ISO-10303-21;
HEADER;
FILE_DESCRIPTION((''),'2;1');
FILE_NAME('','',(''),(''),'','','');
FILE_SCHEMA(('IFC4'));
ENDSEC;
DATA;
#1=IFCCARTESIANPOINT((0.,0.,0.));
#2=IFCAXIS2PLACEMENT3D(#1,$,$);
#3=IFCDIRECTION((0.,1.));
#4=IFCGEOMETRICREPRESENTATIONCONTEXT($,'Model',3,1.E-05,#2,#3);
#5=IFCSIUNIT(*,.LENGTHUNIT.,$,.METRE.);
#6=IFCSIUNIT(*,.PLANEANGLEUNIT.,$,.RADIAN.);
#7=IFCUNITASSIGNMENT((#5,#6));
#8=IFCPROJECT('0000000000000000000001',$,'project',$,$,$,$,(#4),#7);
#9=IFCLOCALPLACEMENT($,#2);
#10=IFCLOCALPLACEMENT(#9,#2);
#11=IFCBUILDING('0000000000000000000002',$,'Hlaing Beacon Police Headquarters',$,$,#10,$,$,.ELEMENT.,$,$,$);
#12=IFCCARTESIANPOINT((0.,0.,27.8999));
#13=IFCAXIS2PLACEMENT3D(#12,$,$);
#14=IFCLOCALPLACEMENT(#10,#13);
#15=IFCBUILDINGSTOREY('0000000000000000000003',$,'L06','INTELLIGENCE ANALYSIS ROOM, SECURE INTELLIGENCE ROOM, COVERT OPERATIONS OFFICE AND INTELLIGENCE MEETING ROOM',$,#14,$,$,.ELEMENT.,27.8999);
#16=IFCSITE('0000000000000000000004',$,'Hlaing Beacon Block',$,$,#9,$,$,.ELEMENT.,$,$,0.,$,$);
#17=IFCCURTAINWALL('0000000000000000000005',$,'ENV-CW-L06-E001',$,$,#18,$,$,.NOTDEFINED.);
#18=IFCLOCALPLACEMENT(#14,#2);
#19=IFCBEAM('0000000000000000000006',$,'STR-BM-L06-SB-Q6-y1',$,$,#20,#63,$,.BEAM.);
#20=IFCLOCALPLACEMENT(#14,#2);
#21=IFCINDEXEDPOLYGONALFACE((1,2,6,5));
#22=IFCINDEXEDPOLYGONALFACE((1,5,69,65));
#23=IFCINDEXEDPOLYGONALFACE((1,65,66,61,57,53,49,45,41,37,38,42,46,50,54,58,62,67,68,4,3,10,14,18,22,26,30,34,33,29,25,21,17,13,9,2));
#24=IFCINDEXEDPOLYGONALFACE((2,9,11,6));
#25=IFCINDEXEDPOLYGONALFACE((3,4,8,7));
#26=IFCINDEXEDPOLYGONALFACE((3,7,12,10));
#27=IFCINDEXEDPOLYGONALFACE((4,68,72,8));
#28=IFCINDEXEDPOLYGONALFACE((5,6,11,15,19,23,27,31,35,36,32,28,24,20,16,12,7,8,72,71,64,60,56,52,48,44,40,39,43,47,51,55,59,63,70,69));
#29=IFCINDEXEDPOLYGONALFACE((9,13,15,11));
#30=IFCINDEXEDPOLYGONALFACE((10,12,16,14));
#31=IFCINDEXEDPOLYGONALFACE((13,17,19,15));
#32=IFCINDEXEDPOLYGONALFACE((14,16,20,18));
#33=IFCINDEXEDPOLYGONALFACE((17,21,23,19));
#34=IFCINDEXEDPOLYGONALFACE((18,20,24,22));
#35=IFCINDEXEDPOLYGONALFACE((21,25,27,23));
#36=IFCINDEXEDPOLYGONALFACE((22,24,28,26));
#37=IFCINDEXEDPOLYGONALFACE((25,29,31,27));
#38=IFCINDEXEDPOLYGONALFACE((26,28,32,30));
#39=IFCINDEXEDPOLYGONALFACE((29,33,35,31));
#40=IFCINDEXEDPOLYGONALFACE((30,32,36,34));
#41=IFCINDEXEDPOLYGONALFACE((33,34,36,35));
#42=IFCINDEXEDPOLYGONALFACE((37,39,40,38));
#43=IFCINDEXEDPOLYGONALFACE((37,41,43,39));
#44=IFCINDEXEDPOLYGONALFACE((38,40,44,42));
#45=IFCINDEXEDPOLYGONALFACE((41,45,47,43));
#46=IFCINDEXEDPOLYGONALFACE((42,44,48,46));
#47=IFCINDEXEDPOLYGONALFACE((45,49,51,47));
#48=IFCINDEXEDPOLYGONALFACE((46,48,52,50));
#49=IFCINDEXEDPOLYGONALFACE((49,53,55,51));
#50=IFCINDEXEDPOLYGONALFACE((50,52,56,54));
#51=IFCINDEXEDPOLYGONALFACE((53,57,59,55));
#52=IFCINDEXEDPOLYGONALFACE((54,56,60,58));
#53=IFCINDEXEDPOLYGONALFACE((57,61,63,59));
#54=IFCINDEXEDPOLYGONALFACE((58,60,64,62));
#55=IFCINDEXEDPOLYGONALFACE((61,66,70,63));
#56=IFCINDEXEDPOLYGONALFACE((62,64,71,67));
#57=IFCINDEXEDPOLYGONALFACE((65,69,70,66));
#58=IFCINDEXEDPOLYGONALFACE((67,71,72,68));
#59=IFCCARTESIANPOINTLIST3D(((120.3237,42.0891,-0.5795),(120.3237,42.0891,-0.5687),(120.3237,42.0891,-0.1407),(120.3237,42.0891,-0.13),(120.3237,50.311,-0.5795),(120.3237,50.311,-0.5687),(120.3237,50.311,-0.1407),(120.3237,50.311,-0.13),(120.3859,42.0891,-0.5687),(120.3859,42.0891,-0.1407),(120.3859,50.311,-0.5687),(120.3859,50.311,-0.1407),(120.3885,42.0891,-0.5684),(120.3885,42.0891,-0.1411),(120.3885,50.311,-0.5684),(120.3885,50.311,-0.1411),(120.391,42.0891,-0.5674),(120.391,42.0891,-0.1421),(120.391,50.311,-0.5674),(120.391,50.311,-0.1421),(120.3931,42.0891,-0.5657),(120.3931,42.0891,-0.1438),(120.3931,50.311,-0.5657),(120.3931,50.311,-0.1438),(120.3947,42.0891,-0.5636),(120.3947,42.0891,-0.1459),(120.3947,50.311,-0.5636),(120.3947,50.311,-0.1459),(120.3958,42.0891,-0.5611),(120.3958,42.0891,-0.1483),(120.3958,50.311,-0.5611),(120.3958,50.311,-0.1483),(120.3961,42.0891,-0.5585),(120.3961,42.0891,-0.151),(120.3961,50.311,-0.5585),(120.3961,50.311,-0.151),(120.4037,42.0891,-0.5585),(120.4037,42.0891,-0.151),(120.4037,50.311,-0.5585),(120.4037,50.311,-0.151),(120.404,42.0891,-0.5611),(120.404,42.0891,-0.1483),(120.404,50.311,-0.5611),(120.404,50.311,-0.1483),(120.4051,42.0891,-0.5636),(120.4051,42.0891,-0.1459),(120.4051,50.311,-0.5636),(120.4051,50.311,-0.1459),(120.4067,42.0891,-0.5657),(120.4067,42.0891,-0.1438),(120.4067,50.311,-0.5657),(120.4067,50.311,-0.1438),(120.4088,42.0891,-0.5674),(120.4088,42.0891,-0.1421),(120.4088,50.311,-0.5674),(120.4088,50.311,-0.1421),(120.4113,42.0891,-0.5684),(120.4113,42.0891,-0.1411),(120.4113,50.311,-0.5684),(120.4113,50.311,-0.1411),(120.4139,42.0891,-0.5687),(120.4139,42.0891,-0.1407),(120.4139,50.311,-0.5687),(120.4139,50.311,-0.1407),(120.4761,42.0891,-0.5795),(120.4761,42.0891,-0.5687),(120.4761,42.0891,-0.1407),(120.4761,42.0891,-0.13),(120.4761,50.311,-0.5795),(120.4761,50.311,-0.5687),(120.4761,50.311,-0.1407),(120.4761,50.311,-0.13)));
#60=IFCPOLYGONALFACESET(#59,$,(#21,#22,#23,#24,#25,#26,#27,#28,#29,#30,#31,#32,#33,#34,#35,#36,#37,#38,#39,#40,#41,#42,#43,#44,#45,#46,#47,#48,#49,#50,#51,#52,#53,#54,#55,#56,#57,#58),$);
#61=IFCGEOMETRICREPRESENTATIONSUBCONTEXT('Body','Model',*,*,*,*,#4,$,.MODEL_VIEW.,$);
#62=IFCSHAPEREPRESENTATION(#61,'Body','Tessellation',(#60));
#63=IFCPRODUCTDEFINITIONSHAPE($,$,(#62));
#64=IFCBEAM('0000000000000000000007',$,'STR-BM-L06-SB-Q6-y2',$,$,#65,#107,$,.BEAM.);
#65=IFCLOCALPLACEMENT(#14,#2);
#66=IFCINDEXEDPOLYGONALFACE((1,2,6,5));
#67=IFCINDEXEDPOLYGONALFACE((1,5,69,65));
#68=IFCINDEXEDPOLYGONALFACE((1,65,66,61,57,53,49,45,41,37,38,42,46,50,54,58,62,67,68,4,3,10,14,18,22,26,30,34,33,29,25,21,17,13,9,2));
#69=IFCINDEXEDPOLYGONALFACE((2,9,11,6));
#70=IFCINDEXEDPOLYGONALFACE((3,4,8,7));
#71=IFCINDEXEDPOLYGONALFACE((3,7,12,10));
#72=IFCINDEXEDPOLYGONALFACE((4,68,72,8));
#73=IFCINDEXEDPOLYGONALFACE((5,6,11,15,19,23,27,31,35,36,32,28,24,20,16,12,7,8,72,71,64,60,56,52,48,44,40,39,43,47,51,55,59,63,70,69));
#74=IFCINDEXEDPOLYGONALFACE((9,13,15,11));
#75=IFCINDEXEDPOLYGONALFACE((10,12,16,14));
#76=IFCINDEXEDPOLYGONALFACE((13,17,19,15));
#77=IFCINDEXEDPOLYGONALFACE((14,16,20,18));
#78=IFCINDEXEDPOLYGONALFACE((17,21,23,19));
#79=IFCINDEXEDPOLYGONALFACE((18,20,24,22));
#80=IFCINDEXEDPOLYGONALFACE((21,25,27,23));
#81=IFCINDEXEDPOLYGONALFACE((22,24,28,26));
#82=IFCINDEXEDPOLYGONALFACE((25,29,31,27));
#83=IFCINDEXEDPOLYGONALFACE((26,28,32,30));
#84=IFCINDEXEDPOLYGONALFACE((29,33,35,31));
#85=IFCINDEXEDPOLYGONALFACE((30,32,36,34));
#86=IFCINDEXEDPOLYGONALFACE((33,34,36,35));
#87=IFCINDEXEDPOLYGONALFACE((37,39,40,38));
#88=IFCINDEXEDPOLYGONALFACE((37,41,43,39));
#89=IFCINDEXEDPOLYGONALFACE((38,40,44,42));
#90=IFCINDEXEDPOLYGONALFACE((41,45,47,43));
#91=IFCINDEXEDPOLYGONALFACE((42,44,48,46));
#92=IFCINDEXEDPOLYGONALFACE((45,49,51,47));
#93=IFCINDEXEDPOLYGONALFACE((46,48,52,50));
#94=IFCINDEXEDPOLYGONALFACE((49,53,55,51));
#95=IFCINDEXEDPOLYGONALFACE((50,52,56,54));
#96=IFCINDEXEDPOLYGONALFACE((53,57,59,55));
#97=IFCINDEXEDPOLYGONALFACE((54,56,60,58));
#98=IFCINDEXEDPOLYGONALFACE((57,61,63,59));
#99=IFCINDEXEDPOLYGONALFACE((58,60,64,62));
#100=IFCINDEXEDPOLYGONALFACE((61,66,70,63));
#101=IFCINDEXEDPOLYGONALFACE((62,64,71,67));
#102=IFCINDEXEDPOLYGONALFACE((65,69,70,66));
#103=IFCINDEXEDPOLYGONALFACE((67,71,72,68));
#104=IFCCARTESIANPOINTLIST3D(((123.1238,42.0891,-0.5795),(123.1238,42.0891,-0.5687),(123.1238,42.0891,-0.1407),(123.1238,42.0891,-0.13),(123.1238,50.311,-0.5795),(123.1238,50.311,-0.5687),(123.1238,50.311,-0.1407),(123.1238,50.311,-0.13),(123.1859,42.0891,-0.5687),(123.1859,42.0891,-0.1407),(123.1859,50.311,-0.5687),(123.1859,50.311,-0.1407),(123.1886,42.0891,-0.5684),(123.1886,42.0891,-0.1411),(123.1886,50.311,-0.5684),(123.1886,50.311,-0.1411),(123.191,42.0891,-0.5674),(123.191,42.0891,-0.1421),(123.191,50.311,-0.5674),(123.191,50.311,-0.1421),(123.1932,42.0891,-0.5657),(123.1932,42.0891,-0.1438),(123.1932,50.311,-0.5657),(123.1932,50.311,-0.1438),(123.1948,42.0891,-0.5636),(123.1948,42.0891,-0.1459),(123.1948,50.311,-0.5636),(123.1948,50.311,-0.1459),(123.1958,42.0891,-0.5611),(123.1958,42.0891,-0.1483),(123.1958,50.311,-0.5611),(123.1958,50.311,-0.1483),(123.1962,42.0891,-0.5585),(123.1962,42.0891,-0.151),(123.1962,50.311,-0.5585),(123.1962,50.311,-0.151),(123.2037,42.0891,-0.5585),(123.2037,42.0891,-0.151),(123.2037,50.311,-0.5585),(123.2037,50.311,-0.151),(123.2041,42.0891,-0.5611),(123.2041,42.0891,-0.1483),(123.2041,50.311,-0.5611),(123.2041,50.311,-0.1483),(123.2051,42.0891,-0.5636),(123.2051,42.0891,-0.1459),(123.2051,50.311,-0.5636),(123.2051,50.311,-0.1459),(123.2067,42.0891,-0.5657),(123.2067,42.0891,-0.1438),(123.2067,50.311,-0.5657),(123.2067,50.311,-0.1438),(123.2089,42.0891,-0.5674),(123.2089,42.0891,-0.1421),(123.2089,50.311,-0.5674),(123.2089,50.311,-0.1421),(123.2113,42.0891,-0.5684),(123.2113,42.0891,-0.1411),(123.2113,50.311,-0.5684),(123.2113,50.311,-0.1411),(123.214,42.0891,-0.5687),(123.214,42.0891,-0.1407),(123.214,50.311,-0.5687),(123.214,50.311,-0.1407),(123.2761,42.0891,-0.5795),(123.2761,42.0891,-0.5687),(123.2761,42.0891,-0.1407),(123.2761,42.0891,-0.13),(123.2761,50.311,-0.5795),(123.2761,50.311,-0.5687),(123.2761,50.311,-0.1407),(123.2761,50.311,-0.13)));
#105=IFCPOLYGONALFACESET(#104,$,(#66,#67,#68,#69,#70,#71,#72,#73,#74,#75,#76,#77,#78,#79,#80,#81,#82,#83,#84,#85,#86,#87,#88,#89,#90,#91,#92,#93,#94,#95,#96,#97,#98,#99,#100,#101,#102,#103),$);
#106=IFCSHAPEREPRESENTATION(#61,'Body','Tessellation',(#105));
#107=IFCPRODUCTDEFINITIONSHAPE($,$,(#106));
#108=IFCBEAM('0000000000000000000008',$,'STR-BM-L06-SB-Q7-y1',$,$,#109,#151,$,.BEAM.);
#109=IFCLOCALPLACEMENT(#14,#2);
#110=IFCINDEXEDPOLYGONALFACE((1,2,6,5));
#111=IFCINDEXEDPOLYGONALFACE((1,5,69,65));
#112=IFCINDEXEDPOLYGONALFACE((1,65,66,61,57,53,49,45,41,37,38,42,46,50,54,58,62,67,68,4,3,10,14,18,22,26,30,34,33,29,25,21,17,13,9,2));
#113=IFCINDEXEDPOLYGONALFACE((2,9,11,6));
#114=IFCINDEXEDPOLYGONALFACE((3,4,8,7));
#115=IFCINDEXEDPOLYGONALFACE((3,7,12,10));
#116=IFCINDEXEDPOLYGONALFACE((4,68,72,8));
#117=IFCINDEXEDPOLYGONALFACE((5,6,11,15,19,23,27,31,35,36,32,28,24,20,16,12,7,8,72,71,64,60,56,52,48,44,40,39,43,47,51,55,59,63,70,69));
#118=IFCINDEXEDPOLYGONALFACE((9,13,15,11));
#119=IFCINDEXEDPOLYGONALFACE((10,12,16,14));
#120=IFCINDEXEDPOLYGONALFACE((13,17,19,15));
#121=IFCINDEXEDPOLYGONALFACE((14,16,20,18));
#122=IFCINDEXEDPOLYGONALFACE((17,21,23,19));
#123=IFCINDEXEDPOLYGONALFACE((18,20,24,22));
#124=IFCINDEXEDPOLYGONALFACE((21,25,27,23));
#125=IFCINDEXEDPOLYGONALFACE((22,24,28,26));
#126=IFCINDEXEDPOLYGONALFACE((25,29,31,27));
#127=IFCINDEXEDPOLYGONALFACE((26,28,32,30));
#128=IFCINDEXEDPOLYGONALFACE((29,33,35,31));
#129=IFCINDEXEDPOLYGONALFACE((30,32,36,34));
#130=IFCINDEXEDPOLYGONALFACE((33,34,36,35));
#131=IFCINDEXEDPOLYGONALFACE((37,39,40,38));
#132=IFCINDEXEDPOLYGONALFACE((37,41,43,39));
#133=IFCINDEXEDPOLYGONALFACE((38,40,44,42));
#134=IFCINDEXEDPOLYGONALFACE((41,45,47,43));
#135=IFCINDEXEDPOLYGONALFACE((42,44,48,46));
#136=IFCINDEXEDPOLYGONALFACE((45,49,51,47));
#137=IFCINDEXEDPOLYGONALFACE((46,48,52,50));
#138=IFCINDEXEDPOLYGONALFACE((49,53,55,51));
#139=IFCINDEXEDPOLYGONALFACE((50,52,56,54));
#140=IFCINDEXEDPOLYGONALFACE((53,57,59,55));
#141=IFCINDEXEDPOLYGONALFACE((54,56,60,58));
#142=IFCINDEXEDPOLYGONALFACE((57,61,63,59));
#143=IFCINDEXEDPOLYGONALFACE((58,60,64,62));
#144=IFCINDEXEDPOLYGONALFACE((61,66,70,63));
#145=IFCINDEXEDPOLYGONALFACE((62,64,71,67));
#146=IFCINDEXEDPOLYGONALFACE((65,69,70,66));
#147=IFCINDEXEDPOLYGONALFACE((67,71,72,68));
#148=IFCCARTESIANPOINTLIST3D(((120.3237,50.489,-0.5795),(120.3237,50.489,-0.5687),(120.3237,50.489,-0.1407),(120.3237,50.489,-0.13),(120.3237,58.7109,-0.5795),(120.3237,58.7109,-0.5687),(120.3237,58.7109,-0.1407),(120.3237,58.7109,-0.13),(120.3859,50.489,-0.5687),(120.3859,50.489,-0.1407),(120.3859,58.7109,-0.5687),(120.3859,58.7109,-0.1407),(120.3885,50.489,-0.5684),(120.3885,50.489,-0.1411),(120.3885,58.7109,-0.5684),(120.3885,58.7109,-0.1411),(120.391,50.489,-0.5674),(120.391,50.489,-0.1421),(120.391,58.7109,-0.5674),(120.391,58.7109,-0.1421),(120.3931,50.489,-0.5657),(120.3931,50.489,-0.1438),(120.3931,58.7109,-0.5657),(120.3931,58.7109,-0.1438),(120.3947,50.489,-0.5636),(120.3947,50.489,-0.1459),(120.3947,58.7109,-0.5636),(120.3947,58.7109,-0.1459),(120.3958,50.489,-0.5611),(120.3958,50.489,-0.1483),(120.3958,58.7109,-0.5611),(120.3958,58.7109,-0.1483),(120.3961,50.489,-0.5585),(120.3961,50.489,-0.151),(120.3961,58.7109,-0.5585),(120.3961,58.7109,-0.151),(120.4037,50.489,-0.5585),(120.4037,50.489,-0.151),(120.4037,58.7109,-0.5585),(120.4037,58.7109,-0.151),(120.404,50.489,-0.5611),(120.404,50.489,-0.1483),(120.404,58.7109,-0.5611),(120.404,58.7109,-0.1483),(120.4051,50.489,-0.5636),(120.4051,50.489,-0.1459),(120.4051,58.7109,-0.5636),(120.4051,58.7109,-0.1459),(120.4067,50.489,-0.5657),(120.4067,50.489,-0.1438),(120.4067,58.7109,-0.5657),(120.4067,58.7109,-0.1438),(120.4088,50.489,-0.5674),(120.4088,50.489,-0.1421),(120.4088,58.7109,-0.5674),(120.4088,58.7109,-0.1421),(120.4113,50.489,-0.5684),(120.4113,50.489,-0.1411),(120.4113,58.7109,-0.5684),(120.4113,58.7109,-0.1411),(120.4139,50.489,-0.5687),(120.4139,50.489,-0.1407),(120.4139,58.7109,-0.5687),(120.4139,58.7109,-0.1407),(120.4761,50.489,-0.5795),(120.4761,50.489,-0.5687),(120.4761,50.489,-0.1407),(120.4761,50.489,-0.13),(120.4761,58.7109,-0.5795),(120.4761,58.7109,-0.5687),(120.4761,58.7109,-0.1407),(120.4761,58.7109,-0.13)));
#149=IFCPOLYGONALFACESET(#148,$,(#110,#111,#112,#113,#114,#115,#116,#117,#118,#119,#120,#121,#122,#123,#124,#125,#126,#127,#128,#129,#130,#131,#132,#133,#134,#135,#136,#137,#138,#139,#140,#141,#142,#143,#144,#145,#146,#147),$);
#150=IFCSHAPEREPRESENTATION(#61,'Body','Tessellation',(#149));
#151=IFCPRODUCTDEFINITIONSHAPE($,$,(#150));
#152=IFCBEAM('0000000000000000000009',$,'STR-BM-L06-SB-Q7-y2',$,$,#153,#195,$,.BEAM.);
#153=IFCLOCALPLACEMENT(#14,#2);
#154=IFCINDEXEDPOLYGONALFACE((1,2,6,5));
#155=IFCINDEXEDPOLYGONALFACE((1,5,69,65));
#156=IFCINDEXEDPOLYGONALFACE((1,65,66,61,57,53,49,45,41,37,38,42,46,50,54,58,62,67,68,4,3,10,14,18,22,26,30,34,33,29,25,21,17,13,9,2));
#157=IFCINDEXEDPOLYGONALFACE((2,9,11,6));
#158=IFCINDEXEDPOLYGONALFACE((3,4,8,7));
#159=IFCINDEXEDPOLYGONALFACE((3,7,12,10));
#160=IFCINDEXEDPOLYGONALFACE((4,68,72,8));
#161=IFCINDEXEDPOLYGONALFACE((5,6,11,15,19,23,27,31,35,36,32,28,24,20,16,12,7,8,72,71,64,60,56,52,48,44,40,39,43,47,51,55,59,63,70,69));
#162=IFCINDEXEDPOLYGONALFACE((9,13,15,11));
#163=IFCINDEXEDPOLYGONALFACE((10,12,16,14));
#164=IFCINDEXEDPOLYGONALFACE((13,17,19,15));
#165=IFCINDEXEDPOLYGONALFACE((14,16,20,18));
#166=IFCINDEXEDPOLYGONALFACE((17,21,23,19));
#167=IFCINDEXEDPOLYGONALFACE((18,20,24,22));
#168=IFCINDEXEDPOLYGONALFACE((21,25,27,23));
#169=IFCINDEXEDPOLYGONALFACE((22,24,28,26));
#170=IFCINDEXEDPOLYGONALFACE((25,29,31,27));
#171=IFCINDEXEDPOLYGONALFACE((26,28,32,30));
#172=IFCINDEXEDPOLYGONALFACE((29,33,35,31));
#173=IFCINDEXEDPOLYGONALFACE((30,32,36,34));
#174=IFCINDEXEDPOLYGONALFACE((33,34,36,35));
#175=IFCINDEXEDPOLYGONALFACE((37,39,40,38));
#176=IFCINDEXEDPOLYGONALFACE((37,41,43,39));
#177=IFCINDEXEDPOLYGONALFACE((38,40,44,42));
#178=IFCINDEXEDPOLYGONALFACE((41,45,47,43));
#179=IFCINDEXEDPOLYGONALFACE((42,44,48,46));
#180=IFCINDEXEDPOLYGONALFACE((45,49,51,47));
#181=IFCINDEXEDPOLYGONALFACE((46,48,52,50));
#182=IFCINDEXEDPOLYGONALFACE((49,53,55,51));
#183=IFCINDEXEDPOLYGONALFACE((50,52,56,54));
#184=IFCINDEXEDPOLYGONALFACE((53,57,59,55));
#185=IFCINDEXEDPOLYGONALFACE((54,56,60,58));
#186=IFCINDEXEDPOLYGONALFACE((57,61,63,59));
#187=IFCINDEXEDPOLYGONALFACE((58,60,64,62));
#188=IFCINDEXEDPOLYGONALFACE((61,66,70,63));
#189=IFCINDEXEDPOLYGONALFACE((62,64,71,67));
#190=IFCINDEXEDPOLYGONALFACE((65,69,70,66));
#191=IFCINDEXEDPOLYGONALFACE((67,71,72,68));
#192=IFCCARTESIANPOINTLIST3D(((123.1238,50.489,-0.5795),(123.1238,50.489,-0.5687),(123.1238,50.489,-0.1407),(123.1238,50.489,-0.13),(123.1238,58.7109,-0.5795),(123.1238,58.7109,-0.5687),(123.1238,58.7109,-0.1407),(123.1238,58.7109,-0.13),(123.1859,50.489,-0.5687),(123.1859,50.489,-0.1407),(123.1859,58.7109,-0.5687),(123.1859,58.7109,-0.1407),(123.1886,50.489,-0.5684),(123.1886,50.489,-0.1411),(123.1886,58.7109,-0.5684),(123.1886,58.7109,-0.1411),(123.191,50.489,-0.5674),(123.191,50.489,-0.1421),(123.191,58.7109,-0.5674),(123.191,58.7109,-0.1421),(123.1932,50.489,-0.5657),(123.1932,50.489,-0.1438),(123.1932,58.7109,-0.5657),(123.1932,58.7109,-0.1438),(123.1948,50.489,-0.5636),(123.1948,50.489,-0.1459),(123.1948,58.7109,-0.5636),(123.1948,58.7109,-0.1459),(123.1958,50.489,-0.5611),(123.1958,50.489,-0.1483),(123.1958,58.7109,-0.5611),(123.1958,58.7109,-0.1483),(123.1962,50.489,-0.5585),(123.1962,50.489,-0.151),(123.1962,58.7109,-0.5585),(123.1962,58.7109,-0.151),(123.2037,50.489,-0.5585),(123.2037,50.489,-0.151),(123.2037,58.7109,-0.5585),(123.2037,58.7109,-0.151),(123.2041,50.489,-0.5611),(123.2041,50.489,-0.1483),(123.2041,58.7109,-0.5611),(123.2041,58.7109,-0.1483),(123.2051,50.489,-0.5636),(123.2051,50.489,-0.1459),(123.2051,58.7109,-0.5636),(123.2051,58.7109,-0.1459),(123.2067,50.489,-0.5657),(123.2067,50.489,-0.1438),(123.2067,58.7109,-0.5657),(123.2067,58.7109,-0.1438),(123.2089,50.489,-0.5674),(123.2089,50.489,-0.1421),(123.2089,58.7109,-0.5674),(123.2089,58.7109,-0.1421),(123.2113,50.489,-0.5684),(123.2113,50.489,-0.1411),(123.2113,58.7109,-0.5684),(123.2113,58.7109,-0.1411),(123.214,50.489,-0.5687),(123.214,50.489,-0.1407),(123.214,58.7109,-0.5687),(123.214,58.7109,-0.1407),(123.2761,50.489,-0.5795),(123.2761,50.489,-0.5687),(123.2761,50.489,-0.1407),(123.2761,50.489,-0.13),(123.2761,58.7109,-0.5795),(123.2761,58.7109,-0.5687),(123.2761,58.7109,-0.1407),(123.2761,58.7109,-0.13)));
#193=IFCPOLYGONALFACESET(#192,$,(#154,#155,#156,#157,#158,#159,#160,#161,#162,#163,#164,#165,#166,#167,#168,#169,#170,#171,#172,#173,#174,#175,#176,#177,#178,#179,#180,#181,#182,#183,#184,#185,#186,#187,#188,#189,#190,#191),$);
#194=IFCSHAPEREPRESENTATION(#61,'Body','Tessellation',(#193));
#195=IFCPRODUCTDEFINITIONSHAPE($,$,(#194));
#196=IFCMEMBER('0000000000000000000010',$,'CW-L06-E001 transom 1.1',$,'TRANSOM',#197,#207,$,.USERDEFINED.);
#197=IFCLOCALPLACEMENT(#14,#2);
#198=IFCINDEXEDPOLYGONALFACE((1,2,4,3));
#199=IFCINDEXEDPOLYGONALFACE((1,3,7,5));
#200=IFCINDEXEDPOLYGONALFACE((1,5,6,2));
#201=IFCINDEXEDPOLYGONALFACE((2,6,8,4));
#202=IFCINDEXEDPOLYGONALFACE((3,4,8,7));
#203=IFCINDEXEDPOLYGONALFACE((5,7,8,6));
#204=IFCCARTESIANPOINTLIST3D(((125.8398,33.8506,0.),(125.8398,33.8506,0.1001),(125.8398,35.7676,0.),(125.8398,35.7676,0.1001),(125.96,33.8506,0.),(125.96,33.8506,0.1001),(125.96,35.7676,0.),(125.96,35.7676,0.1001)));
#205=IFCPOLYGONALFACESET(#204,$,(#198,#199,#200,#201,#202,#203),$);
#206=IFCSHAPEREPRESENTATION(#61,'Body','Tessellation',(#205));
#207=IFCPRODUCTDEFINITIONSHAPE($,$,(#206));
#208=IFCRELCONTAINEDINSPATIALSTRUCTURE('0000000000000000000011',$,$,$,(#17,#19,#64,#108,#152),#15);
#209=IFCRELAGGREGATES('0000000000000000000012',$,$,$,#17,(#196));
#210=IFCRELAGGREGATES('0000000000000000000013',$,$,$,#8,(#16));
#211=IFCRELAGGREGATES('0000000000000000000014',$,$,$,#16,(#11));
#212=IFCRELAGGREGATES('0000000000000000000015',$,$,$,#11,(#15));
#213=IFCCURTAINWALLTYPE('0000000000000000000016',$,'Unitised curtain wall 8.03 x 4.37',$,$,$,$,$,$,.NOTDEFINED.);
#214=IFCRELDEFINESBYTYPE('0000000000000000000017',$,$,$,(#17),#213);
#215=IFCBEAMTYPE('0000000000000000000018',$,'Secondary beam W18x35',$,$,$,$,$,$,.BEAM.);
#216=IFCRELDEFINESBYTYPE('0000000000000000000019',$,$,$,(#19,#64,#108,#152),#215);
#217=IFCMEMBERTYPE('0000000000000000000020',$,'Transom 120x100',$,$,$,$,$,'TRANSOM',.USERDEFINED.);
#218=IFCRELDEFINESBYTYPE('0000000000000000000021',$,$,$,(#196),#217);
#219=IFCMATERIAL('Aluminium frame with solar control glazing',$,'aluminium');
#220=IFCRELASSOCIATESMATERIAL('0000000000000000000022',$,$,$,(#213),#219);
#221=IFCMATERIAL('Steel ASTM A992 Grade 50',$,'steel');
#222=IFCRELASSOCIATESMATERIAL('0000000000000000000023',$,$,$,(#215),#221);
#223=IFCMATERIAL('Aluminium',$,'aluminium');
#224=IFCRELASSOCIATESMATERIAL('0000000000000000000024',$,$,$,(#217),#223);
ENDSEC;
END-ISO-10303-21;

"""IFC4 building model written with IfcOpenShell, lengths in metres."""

from ifc_helpers import new_model, si_unit, direction, frame, origin, origin_2d, place, context, subcontext, project, spatial, rectangle, i_section, extrude, material, material_profile, profile_set, type_object, element, aggregate, save


model = new_model("IFC4")

# Units and contexts
model_context = context("Model", 3, precision=1e-05, world=origin(), true_north=direction((0.0, 1.0)))
body_context = subcontext(model_context, "Body", "Model", "MODEL_VIEW")
ifc_project = project(units=[si_unit("LENGTHUNIT", "METRE"), si_unit("PLANEANGLEUNIT", "RADIAN")], contexts=[model_context])

# Site, building, storey
site_placement = place(None, origin())
site = spatial("IfcSite", under=ifc_project, at=site_placement, Name="Hlaing Beacon Block", CompositionType="ELEMENT", RefElevation=0.0)
building_placement = place(site_placement, origin())
building = spatial("IfcBuilding", under=site, at=building_placement, Name="Hlaing Beacon Police Headquarters", CompositionType="ELEMENT")
storey_placement = place(building_placement, frame((0.0, 0.0, 27.8999)))
storey = spatial("IfcBuildingStorey", under=building, at=storey_placement, Name="L06", Description="INTELLIGENCE ANALYSIS ROOM, SECURE INTELLIGENCE ROOM, COVERT OPERATIONS OFFICE AND INTELLIGENCE MEETING ROOM", CompositionType="ELEMENT", Elevation=27.8999)

# Curtain wall
ifc_material_1 = material(Name="Aluminium frame with solar control glazing", Category="aluminium")
curtain_wall_type = type_object("IfcCurtainWallType", Name="Unitised curtain wall 8.03 x 4.37", PredefinedType="NOTDEFINED", material=ifc_material_1)
curtain_wall_placement = place(storey_placement, origin())
curtain_wall = element("IfcCurtainWall", 1, at=curtain_wall_placement, inside=storey, type_object=curtain_wall_type, Name="ENV-CW-L06-E001", PredefinedType="NOTDEFINED")

# Beams
ifc_material_2 = material(Name="Steel ASTM A992 Grade 50", Category="steel")
ifc_material_profile_1 = material_profile(ifc_material_2, i_section(OverallWidth=0.1523, OverallDepth=0.4495, WebThickness=0.0076, FlangeThickness=0.0107, FilletRadius=0.0103, at=origin_2d()), Name="W18x35")
ifc_profile_set_1 = profile_set([ifc_material_profile_1], Name="Steel ASTM A992 Grade 50")
beam_type_1 = type_object("IfcBeamType", Name="Secondary beam W18x35", PredefinedType="BEAM", material=ifc_profile_set_1)
for number, where, z_axis, x_axis, name in (
    (2, (120.3999, 42.0891, -0.3547), (0.0, 1.0, 0.0), (-1.0, 0.0, 0.0), "STR-BM-L06-SB-Q6-y1"),
    (3, (123.2, 42.0891, -0.3547), (0.0, 1.0, 0.0), (-1.0, 0.0, 0.0), "STR-BM-L06-SB-Q6-y2"),
    (4, (120.3999, 50.489, -0.3547), (0.0, 1.0, 0.0), (-1.0, 0.0, 0.0), "STR-BM-L06-SB-Q7-y1"),
    (5, (123.2, 50.489, -0.3547), (0.0, 1.0, 0.0), (-1.0, 0.0, 0.0), "STR-BM-L06-SB-Q7-y2"),
):
    element("IfcBeam", number, at=place(storey_placement, frame(where, z_axis=z_axis, x_axis=x_axis)), inside=storey, type_object=beam_type_1, Name=name, PredefinedType="BEAM", context=body_context, shape_type="SweptSolid", body=[
        extrude(i_section(OverallWidth=0.1523, OverallDepth=0.4495, WebThickness=0.0076, FlangeThickness=0.0107, FilletRadius=0.0103, at=origin_2d()), origin(), (0.0, 0.0, 1.0), 8.2219),
    ])

# Member
ifc_material_3 = material(Name="Aluminium", Category="aluminium")
ifc_material_profile_2 = material_profile(ifc_material_3, rectangle(XDim=0.1201, YDim=0.1001, at=origin_2d()), Name="Transom 120x100")
ifc_profile_set_2 = profile_set([ifc_material_profile_2], Name="Aluminium")
member_type_1 = type_object("IfcMemberType", Name="Transom 120x100", ElementType="TRANSOM", PredefinedType="USERDEFINED", material=ifc_profile_set_2)
member_1_placement = place(storey_placement, frame((125.8999, 33.8506, 0.05), z_axis=(0.0, 1.0, 0.0), x_axis=(-1.0, 0.0, 0.0)))
member_1 = element("IfcMember", 6, at=member_1_placement, type_object=member_type_1, Name="CW-L06-E001 transom 1.1", ObjectType="TRANSOM", PredefinedType="USERDEFINED", context=body_context, shape_type="SweptSolid", body=[
    extrude(rectangle(XDim=0.1201, YDim=0.1001, at=origin_2d()), origin(), (0.0, 0.0, 1.0), 1.917),
])

aggregate(curtain_wall, [member_1])

save(model, "model.ifc")
